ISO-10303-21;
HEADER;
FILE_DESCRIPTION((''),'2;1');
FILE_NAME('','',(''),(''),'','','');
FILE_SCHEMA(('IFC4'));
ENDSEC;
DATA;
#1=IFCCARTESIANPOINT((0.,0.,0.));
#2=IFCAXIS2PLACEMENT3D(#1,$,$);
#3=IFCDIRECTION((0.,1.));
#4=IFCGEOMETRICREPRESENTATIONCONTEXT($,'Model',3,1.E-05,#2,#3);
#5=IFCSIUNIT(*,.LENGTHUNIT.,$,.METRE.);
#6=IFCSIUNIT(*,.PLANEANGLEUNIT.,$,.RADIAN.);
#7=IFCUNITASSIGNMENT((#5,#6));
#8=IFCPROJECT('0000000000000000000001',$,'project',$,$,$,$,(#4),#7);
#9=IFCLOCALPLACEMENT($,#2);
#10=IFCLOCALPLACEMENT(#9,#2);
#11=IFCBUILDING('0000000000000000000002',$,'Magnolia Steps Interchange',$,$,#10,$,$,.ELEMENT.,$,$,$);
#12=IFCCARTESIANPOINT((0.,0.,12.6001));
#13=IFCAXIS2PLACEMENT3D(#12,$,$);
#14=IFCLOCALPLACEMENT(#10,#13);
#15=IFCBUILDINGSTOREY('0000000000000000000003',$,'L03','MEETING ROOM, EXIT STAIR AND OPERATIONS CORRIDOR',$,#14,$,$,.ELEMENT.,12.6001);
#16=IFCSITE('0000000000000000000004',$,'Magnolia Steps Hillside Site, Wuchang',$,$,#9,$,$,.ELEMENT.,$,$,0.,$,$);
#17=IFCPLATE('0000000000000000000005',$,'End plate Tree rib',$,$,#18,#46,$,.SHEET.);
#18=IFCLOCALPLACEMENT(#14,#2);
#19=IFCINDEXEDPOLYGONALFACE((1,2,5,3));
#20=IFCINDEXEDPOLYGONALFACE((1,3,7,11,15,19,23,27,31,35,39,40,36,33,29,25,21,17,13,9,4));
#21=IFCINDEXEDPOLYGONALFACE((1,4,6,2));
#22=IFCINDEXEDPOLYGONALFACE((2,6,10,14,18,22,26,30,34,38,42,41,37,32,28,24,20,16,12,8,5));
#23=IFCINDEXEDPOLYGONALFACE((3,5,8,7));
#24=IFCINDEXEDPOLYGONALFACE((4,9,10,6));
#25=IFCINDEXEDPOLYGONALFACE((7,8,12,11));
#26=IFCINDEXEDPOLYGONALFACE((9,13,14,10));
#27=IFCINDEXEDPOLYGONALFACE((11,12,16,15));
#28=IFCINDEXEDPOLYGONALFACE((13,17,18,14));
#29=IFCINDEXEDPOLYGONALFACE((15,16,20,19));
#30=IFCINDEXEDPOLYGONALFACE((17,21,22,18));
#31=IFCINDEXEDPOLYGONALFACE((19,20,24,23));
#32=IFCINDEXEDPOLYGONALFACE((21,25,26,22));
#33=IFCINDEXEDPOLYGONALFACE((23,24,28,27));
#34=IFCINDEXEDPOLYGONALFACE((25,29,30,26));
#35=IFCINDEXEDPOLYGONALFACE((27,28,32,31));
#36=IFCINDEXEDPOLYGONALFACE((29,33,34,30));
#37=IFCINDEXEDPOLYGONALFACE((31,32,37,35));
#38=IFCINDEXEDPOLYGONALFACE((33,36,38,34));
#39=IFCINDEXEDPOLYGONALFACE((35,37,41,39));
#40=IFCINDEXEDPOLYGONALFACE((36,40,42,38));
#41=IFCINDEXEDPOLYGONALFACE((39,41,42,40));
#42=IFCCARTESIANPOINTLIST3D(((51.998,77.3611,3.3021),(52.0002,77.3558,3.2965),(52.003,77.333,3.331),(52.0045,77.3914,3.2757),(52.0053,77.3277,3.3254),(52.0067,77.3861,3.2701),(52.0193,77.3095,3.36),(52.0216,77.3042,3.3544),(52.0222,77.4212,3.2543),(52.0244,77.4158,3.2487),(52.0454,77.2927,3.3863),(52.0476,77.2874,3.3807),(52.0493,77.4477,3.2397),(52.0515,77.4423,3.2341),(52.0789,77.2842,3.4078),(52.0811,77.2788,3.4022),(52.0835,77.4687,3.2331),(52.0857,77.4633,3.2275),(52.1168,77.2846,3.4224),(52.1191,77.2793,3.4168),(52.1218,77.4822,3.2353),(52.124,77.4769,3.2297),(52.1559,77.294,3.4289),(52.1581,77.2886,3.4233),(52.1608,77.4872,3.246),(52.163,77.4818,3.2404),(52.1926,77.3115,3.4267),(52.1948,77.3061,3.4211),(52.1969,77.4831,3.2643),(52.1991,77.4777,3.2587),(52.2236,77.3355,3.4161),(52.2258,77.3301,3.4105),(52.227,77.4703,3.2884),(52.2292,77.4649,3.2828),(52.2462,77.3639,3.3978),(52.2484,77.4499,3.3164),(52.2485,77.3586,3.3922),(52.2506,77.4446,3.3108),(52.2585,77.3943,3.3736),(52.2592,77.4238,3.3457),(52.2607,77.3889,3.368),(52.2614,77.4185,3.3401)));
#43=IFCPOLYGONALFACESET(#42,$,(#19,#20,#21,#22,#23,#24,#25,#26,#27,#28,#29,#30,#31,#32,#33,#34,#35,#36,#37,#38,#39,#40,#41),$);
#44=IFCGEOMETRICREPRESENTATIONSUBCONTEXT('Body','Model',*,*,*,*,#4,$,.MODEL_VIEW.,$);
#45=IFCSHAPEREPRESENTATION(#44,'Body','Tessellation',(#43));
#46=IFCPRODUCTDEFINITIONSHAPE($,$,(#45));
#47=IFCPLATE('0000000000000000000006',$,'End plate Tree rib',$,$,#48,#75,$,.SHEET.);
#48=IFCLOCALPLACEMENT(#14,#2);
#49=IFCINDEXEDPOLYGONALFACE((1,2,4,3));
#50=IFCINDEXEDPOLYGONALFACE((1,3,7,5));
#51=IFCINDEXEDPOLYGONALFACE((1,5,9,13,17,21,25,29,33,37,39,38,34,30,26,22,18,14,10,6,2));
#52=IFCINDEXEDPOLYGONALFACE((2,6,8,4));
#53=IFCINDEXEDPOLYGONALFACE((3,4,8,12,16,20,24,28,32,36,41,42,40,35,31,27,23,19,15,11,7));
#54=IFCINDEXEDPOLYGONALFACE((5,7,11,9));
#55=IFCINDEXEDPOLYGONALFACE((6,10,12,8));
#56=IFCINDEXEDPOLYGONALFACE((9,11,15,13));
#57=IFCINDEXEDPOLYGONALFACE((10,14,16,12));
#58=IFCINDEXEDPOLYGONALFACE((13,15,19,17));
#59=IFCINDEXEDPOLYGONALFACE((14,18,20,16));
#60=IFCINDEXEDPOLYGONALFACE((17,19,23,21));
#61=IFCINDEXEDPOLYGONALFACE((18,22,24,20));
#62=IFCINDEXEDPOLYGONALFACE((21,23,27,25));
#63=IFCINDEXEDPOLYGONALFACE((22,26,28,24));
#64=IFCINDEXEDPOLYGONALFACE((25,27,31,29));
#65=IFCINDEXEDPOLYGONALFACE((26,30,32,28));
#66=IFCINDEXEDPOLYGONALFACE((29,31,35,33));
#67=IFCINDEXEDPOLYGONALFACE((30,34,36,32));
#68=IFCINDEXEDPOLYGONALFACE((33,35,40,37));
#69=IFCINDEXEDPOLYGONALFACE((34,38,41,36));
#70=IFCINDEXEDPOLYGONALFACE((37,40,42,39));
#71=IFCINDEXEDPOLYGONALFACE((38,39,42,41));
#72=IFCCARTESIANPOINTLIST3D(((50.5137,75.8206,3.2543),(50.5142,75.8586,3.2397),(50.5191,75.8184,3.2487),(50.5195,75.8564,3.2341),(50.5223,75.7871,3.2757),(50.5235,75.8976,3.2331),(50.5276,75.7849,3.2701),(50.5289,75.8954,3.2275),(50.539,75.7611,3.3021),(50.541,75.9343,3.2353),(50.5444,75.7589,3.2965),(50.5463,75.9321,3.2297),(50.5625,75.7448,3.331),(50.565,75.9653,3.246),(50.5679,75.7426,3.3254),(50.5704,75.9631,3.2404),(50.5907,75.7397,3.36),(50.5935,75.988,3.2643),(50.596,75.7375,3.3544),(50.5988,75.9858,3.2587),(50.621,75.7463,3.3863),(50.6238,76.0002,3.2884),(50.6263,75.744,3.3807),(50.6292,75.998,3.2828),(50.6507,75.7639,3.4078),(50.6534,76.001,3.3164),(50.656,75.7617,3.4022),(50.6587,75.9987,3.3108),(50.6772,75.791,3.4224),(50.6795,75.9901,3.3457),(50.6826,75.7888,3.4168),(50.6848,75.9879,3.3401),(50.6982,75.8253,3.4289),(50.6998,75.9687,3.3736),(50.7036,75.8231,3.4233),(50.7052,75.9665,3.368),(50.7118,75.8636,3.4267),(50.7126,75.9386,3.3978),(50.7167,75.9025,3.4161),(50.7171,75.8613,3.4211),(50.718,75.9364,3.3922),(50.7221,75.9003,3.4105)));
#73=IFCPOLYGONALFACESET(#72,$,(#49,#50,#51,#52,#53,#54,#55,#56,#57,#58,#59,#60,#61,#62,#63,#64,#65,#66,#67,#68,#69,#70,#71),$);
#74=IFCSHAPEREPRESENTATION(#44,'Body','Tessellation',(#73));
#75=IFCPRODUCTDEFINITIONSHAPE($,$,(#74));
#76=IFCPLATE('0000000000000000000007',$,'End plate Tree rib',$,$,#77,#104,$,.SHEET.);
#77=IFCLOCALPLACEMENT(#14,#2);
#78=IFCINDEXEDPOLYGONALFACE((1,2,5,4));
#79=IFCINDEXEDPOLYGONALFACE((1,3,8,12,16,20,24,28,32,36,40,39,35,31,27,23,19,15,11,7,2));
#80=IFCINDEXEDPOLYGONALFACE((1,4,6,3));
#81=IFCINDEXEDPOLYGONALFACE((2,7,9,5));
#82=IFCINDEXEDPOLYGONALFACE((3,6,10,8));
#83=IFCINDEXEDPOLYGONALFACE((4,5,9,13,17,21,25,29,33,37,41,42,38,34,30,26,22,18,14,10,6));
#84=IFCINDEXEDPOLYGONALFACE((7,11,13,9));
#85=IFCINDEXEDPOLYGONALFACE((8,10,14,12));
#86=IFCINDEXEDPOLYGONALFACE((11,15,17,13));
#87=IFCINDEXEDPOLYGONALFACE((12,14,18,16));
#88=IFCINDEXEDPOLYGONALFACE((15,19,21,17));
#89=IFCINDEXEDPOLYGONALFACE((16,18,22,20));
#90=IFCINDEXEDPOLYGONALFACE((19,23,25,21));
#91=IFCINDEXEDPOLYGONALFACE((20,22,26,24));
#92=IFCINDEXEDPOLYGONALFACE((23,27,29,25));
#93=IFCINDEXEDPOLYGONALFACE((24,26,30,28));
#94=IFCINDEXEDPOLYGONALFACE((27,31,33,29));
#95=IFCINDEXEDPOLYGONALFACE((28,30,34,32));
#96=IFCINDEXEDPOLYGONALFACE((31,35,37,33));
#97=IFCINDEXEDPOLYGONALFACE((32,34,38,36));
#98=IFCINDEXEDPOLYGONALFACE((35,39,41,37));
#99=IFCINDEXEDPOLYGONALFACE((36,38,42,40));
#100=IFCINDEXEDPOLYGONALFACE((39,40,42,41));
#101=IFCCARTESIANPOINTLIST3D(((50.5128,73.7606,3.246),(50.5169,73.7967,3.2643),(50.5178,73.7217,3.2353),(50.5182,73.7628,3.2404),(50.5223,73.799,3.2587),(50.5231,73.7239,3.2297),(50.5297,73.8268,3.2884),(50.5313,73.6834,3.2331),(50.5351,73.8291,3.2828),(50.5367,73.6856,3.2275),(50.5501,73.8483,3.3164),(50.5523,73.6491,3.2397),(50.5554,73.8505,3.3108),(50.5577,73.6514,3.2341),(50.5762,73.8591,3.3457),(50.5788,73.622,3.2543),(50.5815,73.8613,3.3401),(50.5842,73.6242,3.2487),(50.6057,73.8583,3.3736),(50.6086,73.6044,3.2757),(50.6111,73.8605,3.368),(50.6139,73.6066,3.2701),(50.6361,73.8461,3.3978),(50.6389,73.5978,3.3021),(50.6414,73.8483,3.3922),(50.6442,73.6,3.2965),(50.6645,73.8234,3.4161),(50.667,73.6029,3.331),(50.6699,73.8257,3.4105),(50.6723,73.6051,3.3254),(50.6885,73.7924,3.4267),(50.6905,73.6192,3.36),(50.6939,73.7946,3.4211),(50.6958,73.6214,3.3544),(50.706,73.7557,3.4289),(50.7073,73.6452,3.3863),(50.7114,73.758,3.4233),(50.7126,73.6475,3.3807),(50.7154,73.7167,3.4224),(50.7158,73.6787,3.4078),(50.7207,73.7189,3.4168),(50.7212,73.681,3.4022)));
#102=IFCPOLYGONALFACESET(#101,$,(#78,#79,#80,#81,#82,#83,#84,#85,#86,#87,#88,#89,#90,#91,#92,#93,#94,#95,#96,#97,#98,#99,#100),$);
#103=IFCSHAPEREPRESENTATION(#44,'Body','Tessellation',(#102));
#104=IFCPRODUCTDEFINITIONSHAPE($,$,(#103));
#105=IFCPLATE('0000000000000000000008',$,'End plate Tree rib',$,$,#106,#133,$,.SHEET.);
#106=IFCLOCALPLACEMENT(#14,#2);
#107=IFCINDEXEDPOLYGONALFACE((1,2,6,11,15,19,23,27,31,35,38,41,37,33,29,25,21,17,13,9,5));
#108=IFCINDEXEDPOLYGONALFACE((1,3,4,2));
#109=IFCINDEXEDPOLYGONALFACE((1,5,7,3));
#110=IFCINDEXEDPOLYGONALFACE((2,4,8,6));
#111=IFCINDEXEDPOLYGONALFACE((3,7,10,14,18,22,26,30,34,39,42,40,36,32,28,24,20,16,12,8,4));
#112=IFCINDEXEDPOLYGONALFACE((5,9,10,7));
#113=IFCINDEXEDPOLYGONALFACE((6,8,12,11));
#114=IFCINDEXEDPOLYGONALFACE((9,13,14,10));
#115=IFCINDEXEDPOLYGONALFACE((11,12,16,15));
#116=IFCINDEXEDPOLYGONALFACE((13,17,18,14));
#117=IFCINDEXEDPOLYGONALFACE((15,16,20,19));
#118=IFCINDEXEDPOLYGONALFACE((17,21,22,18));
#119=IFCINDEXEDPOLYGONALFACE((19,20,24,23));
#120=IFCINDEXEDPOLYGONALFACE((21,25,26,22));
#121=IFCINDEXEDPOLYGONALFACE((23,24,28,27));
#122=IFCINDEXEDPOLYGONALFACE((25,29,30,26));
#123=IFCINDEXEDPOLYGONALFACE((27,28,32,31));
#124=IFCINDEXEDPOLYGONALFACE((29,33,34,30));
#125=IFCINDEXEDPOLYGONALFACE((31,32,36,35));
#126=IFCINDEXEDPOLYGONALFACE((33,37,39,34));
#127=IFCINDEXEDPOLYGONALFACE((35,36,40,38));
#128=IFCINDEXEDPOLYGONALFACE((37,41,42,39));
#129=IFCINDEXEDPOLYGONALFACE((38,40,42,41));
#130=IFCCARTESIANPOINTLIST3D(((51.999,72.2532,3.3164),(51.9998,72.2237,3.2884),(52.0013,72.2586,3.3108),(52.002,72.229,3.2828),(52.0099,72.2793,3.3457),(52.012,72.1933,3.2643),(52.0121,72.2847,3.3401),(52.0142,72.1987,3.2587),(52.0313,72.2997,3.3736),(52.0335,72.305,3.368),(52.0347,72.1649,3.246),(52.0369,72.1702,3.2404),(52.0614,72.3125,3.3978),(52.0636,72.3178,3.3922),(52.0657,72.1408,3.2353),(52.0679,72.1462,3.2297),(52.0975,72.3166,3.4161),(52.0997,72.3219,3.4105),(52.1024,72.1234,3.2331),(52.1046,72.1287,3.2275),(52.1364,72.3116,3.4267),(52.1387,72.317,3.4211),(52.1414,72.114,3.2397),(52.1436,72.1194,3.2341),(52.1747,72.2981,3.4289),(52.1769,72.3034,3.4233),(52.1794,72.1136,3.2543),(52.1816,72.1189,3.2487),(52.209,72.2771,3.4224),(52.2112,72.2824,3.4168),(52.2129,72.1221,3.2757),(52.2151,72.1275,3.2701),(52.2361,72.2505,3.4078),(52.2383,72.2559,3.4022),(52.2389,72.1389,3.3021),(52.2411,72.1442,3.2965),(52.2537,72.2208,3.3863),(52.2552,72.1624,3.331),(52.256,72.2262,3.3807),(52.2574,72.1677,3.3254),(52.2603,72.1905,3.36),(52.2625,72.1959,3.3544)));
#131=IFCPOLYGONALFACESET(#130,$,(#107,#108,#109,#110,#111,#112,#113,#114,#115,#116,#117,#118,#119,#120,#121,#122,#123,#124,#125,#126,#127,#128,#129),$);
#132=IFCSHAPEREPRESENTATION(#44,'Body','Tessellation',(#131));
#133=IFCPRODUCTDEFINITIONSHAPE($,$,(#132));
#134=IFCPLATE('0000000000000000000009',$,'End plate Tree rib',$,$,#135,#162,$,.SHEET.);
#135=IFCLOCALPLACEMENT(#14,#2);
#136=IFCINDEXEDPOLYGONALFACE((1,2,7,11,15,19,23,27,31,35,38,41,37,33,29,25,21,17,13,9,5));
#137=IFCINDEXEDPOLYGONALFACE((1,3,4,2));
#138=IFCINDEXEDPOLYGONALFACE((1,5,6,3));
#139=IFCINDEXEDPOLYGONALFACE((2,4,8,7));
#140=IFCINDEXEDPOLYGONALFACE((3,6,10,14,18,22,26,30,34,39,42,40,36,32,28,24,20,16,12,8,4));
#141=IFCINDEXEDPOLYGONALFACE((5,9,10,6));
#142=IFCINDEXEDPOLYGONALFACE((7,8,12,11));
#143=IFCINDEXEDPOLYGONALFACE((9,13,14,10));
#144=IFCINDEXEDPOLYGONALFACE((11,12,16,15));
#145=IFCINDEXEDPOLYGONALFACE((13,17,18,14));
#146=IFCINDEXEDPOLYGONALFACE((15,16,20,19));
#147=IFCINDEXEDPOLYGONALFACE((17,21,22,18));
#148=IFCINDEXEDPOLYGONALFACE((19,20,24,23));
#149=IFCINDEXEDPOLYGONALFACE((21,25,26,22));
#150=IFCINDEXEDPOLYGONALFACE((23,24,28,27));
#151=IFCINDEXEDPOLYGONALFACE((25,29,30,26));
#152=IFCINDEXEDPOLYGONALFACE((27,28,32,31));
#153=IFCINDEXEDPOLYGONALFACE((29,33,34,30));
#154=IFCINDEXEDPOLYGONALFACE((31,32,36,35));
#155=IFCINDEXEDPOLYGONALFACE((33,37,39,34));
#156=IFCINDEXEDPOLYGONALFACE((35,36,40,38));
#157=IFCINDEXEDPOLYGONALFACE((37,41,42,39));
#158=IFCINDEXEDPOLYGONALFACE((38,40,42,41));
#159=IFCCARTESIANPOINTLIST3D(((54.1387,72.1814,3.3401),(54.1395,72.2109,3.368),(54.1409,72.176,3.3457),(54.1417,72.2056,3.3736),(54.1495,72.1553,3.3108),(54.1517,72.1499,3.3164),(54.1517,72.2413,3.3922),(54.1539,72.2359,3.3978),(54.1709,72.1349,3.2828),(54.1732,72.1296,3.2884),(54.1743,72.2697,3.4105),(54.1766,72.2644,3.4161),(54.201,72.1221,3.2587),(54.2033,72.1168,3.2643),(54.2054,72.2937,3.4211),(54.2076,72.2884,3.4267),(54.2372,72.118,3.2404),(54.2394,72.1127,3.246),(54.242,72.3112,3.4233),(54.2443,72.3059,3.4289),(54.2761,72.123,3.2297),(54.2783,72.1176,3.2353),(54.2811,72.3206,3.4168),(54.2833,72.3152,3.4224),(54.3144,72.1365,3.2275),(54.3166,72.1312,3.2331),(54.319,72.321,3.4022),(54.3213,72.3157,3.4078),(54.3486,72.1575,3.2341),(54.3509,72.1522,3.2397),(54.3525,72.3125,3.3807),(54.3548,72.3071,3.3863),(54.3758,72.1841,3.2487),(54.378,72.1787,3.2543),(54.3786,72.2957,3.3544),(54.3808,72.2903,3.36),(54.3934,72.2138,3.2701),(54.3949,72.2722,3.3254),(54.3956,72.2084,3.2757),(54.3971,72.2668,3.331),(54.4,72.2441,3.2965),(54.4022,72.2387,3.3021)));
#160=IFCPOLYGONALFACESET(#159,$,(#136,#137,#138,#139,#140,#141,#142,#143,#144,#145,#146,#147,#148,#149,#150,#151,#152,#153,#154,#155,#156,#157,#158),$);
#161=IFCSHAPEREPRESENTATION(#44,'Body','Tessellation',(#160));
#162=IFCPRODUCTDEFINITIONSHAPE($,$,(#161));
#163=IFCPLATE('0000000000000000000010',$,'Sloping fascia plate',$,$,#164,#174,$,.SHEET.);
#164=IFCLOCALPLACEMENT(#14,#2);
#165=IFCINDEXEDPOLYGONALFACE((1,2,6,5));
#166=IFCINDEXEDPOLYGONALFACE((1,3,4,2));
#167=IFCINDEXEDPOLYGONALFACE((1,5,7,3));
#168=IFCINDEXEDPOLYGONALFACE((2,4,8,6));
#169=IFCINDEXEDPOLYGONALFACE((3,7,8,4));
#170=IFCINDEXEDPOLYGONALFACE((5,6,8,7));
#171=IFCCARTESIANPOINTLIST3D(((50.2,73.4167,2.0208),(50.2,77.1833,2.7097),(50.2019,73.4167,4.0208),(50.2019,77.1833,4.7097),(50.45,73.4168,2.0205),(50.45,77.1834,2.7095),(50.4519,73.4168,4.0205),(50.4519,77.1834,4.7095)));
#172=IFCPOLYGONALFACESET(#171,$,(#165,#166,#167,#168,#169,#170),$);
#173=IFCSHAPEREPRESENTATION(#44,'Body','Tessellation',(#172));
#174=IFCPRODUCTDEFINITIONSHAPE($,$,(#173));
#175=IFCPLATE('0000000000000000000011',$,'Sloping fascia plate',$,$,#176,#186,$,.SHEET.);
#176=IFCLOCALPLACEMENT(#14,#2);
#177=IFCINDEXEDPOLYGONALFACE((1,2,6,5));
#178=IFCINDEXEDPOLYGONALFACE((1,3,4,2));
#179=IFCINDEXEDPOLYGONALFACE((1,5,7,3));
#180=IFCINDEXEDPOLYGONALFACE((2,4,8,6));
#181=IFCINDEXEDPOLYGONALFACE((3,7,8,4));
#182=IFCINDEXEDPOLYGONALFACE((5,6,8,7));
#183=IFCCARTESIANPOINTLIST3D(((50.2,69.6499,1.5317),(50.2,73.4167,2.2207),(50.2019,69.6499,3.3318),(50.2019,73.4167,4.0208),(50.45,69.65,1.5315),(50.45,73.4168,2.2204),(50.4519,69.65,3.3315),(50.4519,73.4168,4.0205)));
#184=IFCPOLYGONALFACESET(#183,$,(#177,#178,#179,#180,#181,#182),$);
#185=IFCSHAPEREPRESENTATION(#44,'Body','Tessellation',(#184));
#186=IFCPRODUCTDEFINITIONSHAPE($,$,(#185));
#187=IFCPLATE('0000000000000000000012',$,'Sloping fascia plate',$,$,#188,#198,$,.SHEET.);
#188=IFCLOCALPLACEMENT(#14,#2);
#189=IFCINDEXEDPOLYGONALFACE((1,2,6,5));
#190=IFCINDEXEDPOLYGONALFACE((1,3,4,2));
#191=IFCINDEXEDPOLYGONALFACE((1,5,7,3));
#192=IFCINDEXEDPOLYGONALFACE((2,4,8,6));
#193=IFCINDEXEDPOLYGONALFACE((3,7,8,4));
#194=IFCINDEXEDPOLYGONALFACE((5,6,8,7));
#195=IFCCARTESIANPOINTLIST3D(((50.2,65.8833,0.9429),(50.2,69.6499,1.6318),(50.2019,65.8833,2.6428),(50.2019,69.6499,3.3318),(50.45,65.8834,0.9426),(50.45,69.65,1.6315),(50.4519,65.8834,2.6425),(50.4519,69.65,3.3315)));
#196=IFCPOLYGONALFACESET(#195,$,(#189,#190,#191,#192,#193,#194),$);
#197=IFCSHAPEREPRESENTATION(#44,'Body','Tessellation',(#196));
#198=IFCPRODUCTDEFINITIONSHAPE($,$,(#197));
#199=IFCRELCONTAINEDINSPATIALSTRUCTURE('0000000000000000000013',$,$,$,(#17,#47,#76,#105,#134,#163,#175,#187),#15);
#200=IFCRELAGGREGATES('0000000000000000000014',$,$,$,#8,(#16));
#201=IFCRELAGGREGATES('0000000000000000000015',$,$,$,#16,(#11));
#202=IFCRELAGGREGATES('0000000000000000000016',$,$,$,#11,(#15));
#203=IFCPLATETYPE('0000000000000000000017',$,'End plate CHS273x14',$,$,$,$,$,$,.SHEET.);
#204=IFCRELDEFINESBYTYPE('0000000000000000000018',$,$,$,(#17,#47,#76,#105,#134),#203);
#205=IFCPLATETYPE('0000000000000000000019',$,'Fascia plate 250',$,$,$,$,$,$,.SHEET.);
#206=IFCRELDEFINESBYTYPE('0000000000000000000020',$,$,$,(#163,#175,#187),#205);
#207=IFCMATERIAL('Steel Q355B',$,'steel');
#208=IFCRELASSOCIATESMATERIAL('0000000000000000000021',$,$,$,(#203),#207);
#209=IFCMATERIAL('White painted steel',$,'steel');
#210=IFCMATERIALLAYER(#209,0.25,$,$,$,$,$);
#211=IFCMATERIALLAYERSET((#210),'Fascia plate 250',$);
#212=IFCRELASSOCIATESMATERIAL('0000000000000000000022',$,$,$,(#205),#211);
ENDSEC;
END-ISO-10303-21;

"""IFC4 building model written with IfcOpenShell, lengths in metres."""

from ifc_helpers import new_model, si_unit, direction, frame, origin, origin_2d, place, context, subcontext, project, spatial, polyline, circle, outline, extrude, material, layer, layer_set, material_profile, profile_set, type_object, element, save


model = new_model("IFC4")

# Units and contexts
model_context = context("Model", 3, precision=1e-05, world=origin(), true_north=direction((0.0, 1.0)))
body_context = subcontext(model_context, "Body", "Model", "MODEL_VIEW")
ifc_project = project(units=[si_unit("LENGTHUNIT", "METRE"), si_unit("PLANEANGLEUNIT", "RADIAN")], contexts=[model_context])

# Site, building, storey
site_placement = place(None, origin())
site = spatial("IfcSite", under=ifc_project, at=site_placement, Name="Magnolia Steps Hillside Site, Wuchang", CompositionType="ELEMENT", RefElevation=0.0)
building_placement = place(site_placement, origin())
building = spatial("IfcBuilding", under=site, at=building_placement, Name="Magnolia Steps Interchange", CompositionType="ELEMENT")
storey_placement = place(building_placement, frame((0.0, 0.0, 12.6001)))
storey = spatial("IfcBuildingStorey", under=building, at=storey_placement, Name="L03", Description="MEETING ROOM, EXIT STAIR AND OPERATIONS CORRIDOR", CompositionType="ELEMENT", Elevation=12.6001)

# Plates
ifc_material_1 = material(Name="Steel Q355B", Category="steel")
ifc_material_profile_1 = material_profile(ifc_material_1, circle(Radius=0.1365, at=origin_2d()), Name="End plate CHS273x14")
ifc_profile_set_1 = profile_set([ifc_material_profile_1], Name="Steel Q355B")
plate_type_1 = type_object("IfcPlateType", Name="End plate CHS273x14", PredefinedType="SHEET", material=ifc_profile_set_1)
for number, where, z_axis, x_axis, name in (
    (1, (52.1313, 77.3799, 3.3254), (-0.275279, 0.664583, 0.694658), (-0.92388, -0.382683, 0.0), "End plate Tree rib"),
    (2, (50.6201, 75.8687, 3.3254), (-0.664583, 0.275279, 0.694658), (-0.382683, -0.92388, 0.0), "End plate Tree rib"),
    (3, (50.6201, 73.7312, 3.3254), (-0.664583, -0.275279, 0.694658), (0.382683, -0.92388, 0.0), "End plate Tree rib"),
    (4, (52.1313, 72.22, 3.3254), (-0.275279, -0.664583, 0.694658), (0.92388, -0.382683, 0.0), "End plate Tree rib"),
    (5, (54.2688, 72.22, 3.3254), (0.275279, -0.664583, 0.694658), (0.92388, 0.382683, 0.0), "End plate Tree rib"),
):
    element("IfcPlate", number, at=place(storey_placement, frame(where, z_axis=z_axis, x_axis=x_axis)), inside=storey, type_object=plate_type_1, Name=name, PredefinedType="SHEET", context=body_context, shape_type="SweptSolid", body=[
        extrude(circle(Radius=0.1365, at=origin_2d()), origin(), (0.0, 0.0, 1.0), 0.0081),
    ])
ifc_material_2 = material(Name="White painted steel", Category="steel")
ifc_layer = layer(ifc_material_2, 0.25)
ifc_layer_set = layer_set([ifc_layer], Name="Fascia plate 250")
plate_type_2 = type_object("IfcPlateType", Name="Fascia plate 250", PredefinedType="SHEET", material=ifc_layer_set)
plate_1_placement = place(storey_placement, frame((50.2, 77.1833, 2.7097), z_axis=(-1.0, -0.000179, 0.000977), x_axis=(0.0, -0.98368, -0.179929)))
element("IfcPlate", 6, at=plate_1_placement, inside=storey, type_object=plate_type_2, Name="Sloping fascia plate", PredefinedType="SHEET", context=body_context, shape_type="SweptSolid", body=[
    extrude(outline(polyline([(0.0, 0.0), (3.8291, 0.0), (3.4692, 1.9674), (-0.3599, 1.9674), (0.0, 0.0)])), origin(), (0.0, 0.0, -1.0), 0.25),
])
plate_2_placement = place(storey_placement, frame((50.2, 73.4167, 2.2207), z_axis=(-0.999999, -0.000198, 0.001085), x_axis=(0.0, -0.983682, -0.179918)))
element("IfcPlate", 7, at=plate_2_placement, inside=storey, type_object=plate_type_2, Name="Sloping fascia plate", PredefinedType="SHEET", context=body_context, shape_type="SweptSolid", body=[
    extrude(outline(polyline([(0.0, 0.0), (3.8293, 0.0), (3.5055, 1.7707), (-0.3239, 1.7707), (0.0, 0.0)])), origin(), (0.0, 0.0, -1.0), 0.25),
])
plate_3_placement = place(storey_placement, frame((50.2, 69.6499, 1.6318), z_axis=(-0.999999, -0.00021, 0.001149), x_axis=(0.0, -0.98368, -0.179929)))
element("IfcPlate", 8, at=plate_3_placement, inside=storey, type_object=plate_type_2, Name="Sloping fascia plate", PredefinedType="SHEET", context=body_context, shape_type="SweptSolid", body=[
    extrude(outline(polyline([(0.0, 0.0), (3.8291, 0.0), (3.5232, 1.6722), (-0.3059, 1.6722), (0.0, 0.0)])), origin(), (0.0, 0.0, -1.0), 0.25),
])

save(model, "model.ifc")
